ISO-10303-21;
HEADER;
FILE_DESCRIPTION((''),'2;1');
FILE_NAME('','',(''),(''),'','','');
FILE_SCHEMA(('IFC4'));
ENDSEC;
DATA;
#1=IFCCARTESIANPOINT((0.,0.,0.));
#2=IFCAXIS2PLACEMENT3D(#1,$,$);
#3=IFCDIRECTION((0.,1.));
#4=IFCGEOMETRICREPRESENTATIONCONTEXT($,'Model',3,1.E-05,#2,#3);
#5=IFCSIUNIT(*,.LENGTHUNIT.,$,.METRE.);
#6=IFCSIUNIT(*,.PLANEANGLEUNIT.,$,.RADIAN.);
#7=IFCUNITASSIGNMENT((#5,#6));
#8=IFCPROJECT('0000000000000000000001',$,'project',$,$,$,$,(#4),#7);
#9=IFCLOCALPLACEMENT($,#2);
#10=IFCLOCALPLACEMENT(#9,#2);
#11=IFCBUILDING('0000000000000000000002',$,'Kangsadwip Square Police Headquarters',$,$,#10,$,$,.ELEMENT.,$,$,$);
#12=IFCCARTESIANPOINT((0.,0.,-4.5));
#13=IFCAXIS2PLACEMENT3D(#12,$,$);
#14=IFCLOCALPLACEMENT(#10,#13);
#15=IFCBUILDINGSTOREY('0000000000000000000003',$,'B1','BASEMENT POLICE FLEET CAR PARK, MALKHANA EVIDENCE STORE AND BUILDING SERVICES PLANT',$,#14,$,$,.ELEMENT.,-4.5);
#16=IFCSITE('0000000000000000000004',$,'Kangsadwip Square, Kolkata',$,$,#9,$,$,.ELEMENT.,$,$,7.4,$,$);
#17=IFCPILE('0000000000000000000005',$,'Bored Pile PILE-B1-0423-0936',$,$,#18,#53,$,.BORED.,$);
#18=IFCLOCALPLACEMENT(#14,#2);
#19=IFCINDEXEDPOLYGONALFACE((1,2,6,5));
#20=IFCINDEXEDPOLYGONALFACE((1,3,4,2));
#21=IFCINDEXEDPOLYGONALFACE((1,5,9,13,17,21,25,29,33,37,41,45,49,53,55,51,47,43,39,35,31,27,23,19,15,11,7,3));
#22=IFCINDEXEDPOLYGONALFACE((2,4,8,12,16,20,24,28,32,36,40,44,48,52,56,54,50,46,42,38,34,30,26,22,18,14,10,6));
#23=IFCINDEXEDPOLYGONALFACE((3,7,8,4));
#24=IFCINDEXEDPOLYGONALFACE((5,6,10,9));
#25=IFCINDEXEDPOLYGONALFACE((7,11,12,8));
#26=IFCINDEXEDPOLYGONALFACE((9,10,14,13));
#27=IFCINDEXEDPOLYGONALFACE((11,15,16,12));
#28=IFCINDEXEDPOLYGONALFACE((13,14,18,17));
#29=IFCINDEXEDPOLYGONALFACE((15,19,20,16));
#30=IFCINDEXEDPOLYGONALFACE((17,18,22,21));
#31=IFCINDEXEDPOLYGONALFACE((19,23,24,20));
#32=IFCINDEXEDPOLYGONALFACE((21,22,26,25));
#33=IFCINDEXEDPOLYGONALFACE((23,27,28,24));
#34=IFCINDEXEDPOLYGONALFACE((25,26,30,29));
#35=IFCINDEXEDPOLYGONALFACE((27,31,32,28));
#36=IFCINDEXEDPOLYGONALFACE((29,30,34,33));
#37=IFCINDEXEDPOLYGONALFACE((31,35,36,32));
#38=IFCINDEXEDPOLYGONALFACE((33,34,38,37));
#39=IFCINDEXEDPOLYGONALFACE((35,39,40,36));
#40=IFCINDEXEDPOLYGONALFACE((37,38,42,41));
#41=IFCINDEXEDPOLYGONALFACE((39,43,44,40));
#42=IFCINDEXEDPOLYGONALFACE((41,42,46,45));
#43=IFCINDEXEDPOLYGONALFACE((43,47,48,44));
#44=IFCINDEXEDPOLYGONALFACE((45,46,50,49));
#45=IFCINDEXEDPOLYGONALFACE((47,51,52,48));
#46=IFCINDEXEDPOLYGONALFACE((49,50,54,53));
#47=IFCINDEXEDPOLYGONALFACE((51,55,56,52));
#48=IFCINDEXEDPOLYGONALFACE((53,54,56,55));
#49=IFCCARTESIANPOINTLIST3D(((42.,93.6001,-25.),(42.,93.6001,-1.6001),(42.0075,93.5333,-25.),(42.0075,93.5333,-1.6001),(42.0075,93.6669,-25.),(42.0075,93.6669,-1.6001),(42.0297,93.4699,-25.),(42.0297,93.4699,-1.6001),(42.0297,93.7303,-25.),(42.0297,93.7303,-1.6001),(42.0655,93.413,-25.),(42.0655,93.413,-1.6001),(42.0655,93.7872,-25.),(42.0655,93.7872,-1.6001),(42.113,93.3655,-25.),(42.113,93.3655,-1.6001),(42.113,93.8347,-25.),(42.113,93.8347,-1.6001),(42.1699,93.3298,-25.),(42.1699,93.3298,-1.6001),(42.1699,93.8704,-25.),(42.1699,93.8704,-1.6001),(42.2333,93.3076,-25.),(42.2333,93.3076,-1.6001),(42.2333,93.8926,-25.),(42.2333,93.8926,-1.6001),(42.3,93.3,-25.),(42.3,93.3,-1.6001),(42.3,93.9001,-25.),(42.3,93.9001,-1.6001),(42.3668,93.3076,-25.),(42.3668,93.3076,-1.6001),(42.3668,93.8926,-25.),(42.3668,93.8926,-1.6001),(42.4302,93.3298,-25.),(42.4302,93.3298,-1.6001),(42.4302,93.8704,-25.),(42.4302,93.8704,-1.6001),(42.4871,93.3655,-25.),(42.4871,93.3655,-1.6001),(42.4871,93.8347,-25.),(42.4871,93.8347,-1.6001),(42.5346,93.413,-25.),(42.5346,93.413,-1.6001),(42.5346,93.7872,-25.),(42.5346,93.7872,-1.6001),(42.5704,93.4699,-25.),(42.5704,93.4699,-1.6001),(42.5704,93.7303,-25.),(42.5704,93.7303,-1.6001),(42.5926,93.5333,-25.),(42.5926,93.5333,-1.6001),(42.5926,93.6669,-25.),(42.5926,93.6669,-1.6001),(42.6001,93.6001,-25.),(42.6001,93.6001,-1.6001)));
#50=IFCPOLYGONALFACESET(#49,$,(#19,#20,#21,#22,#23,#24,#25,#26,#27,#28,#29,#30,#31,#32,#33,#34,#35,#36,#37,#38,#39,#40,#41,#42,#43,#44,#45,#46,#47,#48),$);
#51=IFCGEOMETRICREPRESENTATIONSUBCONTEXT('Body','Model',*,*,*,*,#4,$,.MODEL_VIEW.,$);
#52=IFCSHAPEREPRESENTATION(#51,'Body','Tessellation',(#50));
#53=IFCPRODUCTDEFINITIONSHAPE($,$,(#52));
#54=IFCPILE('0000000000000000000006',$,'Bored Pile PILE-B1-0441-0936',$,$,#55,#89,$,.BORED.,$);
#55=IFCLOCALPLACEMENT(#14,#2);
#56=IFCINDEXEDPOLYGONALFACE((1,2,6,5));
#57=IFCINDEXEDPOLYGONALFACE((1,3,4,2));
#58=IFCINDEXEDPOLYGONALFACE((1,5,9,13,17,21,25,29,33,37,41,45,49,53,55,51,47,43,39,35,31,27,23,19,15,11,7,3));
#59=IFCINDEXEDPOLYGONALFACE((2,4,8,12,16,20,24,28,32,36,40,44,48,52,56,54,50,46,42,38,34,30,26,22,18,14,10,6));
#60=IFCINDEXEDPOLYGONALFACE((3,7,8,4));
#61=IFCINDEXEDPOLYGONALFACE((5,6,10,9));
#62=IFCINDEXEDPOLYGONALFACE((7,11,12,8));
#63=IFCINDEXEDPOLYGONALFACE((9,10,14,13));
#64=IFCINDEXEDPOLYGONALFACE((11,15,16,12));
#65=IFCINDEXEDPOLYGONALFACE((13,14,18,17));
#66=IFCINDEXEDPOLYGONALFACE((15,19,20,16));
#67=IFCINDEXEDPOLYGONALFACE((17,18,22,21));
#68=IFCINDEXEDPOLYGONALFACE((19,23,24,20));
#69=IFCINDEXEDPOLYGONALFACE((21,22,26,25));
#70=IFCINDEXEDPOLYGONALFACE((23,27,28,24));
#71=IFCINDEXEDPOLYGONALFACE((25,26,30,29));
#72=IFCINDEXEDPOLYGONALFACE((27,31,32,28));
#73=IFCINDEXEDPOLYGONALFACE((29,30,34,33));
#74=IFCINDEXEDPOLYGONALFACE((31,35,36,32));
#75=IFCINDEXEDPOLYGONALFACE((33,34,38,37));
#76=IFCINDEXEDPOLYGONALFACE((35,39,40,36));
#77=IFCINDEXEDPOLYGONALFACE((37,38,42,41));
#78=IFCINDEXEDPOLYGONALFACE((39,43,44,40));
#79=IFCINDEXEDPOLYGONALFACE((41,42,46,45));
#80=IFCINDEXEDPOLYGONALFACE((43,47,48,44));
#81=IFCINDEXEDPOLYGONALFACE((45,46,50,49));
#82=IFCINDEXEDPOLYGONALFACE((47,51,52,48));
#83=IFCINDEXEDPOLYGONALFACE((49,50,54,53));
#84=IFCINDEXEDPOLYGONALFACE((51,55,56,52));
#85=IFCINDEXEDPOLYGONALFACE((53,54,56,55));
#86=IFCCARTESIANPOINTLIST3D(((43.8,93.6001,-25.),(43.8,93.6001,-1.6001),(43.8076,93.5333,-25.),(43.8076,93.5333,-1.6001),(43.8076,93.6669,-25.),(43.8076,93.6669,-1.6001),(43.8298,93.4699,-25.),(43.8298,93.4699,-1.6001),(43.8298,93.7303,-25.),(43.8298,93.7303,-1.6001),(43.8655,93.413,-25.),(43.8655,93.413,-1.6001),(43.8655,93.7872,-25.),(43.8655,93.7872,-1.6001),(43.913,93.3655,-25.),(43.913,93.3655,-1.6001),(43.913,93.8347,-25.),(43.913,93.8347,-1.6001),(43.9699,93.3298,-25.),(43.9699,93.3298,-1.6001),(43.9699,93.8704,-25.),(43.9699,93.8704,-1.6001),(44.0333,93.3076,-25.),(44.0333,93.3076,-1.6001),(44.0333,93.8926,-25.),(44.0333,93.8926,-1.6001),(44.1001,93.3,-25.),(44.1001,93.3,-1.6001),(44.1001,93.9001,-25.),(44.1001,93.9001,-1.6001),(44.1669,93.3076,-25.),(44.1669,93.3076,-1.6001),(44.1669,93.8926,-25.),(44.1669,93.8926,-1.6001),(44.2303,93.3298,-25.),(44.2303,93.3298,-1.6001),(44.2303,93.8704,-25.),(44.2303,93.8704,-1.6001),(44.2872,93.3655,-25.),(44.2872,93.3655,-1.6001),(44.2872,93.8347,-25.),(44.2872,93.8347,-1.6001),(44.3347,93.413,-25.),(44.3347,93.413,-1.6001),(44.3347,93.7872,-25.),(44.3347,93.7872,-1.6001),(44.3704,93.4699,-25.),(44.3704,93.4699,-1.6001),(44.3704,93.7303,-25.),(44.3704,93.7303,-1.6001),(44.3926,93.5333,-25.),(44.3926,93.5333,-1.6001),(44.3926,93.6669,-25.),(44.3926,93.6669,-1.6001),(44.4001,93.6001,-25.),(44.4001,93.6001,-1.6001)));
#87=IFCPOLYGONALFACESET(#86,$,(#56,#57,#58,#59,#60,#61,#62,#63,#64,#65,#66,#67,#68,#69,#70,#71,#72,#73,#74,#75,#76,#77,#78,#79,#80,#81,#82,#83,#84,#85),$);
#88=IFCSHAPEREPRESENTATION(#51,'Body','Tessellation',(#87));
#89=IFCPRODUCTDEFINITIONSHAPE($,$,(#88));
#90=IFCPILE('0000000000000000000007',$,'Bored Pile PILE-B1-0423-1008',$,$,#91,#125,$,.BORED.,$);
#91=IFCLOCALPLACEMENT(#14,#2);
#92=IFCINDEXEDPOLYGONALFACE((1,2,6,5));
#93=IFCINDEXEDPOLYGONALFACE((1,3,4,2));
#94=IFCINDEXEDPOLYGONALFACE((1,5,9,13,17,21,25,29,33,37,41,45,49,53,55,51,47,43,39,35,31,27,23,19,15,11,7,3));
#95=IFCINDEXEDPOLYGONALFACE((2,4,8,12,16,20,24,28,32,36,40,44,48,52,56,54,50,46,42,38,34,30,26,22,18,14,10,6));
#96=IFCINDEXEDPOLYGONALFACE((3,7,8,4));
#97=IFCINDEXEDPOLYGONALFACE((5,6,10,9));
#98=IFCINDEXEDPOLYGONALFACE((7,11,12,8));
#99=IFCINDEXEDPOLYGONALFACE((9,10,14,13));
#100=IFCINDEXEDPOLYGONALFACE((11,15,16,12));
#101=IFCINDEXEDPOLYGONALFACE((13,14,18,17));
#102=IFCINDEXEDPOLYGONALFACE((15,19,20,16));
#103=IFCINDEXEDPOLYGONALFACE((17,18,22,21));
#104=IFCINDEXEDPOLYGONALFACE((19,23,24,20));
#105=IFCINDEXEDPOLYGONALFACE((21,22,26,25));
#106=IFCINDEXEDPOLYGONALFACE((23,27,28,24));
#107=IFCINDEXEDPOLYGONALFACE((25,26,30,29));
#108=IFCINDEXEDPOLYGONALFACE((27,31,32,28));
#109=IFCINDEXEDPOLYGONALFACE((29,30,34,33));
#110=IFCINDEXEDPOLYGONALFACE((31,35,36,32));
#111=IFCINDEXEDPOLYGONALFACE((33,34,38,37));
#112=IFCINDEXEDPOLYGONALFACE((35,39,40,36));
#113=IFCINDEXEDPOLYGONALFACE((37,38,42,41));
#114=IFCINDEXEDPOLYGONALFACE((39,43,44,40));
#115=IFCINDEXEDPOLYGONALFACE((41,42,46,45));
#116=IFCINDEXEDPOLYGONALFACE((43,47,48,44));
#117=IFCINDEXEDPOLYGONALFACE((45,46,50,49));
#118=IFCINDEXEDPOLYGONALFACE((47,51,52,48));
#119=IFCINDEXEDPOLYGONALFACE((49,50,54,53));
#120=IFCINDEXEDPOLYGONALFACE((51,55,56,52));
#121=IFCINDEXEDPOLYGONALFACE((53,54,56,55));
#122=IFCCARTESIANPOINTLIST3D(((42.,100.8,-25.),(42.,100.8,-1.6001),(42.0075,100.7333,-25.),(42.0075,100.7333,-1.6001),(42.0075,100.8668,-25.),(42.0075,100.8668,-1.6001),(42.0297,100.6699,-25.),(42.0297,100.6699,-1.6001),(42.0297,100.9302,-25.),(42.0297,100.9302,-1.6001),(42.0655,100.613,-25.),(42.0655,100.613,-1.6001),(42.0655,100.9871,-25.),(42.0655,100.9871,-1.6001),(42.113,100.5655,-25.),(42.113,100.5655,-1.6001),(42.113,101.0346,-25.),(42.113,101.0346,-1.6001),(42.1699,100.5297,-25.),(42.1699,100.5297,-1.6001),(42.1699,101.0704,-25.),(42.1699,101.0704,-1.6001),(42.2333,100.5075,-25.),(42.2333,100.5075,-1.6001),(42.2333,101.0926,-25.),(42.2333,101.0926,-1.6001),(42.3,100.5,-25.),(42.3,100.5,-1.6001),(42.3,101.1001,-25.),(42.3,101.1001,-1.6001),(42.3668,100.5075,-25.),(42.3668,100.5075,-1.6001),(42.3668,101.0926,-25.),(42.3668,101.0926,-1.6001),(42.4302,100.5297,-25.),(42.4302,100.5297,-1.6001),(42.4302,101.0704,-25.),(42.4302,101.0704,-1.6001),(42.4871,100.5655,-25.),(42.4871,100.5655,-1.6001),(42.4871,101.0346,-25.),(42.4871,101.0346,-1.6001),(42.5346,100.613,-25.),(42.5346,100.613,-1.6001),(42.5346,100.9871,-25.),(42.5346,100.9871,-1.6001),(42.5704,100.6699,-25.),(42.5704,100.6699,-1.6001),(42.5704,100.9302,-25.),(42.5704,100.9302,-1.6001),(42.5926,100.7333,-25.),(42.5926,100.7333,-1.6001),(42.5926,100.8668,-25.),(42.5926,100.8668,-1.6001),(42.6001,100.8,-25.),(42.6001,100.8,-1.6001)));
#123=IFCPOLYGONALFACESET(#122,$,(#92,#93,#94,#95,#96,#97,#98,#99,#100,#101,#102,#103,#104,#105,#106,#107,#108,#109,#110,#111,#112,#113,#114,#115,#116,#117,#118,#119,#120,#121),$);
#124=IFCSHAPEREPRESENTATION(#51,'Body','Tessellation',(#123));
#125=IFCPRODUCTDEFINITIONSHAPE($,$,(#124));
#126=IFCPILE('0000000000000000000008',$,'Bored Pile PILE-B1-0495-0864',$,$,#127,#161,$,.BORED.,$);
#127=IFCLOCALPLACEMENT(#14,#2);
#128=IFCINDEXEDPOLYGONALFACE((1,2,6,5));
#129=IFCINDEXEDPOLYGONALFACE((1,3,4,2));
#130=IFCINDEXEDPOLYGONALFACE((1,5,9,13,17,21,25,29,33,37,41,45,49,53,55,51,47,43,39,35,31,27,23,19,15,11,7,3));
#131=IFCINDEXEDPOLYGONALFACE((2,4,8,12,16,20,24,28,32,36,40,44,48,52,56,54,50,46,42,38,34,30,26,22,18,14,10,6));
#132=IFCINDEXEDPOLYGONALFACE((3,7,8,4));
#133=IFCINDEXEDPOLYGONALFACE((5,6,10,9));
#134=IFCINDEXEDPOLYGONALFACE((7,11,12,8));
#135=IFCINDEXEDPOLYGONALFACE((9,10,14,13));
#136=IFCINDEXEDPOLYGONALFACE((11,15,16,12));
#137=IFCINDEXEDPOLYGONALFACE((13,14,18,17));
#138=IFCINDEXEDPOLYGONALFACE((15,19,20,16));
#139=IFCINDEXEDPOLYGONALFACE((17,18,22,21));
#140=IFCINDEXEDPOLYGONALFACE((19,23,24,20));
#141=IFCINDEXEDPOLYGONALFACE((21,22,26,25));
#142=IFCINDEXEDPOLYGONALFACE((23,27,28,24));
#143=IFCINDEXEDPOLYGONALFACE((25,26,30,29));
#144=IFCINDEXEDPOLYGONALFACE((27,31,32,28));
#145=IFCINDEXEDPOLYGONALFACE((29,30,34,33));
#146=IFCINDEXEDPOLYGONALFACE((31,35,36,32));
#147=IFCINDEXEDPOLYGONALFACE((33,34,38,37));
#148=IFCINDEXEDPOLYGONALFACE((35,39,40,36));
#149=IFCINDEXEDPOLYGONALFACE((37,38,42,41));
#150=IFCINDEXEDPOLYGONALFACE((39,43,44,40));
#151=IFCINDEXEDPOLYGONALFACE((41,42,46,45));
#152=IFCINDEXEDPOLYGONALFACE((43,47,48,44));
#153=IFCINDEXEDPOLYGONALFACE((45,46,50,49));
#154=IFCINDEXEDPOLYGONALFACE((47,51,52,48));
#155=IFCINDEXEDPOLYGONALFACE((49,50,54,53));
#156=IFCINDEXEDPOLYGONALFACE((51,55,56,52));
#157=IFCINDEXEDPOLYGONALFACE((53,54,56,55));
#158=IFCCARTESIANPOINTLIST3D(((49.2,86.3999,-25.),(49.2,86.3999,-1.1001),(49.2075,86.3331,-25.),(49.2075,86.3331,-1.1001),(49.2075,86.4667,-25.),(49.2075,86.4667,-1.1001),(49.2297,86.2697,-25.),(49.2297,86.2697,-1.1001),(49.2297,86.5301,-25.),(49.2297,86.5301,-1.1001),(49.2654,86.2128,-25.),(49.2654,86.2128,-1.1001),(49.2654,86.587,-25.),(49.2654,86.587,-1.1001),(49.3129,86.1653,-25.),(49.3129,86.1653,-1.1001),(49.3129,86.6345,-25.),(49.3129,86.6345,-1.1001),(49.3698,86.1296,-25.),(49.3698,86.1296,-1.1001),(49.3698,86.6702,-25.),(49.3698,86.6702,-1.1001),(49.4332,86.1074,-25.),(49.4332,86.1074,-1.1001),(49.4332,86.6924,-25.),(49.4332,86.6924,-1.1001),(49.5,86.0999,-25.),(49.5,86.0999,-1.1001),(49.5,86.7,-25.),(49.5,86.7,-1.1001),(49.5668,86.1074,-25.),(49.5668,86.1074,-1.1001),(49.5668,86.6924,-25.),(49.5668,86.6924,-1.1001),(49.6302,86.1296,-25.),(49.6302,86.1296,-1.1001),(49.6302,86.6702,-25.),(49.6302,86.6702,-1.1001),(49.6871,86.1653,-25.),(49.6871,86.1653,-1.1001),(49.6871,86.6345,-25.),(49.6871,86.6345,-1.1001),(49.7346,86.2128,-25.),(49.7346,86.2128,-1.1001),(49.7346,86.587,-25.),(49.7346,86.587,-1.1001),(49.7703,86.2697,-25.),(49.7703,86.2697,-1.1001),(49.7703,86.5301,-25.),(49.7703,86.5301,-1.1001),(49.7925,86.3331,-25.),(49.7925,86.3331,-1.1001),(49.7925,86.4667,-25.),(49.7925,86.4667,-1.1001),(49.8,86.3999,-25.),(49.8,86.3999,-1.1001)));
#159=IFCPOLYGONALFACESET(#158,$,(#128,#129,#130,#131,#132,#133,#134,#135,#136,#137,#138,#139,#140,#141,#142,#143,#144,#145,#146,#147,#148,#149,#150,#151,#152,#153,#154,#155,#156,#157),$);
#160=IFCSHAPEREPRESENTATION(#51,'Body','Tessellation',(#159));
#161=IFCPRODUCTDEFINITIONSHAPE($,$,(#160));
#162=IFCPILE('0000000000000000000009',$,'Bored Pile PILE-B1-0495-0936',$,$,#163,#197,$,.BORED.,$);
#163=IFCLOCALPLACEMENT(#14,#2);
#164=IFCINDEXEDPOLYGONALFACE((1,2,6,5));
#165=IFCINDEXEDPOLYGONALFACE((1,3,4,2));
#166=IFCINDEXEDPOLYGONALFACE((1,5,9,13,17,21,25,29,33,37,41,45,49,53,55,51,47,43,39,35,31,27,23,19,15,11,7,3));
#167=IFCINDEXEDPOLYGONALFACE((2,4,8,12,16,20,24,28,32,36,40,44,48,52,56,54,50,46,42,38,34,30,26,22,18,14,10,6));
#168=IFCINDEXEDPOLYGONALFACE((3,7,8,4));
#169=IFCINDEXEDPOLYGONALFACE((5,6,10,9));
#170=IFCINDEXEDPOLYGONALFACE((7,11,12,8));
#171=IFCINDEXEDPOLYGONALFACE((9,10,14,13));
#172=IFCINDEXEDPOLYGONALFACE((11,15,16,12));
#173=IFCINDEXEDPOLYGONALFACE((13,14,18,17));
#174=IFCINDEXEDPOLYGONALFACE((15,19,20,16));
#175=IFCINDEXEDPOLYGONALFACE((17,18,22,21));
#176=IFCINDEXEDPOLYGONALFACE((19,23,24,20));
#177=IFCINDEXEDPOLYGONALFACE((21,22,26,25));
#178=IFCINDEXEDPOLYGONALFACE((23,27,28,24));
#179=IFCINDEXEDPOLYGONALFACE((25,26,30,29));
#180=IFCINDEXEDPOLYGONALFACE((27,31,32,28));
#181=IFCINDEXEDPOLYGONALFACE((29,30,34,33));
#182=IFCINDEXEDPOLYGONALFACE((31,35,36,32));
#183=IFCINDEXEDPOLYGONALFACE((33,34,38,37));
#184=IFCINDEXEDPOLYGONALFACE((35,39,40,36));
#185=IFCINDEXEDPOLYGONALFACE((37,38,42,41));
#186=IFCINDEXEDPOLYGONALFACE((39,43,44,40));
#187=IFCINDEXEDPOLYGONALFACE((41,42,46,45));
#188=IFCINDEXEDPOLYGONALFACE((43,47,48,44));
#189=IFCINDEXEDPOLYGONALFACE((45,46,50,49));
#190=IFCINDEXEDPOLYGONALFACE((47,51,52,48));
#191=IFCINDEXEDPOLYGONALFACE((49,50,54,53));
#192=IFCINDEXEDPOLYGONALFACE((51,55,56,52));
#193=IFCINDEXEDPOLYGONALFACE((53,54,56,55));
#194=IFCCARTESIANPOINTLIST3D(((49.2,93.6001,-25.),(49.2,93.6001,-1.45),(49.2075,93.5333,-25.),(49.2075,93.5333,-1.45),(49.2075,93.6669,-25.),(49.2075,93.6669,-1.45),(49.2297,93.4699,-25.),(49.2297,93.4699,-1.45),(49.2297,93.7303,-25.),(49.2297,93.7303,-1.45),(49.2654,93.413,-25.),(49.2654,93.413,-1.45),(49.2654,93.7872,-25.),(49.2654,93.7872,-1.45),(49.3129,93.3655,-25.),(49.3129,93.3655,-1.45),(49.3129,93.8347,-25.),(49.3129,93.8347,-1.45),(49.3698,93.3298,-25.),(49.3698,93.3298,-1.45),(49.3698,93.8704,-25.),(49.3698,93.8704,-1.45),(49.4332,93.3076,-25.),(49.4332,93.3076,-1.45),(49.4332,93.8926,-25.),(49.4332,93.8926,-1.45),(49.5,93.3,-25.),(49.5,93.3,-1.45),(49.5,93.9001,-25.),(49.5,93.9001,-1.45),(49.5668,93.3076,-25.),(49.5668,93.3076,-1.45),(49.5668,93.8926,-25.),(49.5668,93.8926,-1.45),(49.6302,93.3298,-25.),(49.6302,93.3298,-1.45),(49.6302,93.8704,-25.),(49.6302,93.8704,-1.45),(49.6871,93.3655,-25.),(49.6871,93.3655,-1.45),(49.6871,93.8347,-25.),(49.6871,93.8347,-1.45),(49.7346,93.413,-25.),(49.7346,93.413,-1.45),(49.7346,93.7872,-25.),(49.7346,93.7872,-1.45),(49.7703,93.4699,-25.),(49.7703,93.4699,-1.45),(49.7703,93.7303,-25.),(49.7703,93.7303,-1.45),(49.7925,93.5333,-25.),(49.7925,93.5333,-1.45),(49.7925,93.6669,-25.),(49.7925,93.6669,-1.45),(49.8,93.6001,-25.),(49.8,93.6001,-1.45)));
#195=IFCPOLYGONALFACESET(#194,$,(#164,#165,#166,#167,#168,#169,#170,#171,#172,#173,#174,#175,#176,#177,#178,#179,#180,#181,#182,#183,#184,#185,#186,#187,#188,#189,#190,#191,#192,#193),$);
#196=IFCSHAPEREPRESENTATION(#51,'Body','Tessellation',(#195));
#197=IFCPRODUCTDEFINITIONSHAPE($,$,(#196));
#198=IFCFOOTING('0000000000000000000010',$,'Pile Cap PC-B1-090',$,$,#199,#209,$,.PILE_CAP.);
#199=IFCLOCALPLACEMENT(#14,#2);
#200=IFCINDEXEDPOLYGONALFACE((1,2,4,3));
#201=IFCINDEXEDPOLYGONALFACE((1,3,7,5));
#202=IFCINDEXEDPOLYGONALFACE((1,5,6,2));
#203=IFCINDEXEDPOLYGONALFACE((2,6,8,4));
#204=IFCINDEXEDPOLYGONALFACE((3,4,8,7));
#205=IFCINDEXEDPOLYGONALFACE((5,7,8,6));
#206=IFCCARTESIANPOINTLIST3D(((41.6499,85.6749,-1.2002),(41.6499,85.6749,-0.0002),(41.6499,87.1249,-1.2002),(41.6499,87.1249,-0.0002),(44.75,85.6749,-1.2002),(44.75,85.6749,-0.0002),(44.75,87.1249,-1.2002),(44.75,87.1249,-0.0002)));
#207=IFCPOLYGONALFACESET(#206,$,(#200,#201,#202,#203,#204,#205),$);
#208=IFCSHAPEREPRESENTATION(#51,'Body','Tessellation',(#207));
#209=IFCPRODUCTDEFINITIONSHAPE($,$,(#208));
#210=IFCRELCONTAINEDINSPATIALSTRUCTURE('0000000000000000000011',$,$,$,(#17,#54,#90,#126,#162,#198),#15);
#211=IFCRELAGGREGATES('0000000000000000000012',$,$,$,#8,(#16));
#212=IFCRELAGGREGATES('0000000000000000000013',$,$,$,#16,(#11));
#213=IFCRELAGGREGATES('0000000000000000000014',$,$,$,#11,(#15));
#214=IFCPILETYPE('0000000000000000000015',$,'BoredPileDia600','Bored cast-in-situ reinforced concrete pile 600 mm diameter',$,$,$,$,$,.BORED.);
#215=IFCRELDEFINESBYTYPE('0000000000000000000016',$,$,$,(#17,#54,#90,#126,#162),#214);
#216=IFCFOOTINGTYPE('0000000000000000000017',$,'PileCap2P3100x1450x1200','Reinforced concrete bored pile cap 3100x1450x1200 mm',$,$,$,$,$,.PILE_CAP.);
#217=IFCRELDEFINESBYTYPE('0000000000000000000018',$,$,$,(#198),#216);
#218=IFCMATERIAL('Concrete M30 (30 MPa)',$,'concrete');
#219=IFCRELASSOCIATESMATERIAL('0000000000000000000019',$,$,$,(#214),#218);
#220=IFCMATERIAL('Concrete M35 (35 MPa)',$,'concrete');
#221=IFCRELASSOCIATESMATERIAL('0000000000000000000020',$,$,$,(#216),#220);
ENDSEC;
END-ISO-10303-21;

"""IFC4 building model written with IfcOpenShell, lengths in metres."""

from ifc_helpers import new_model, si_unit, direction, frame, origin, origin_2d, place, context, subcontext, project, spatial, rectangle, circle, extrude, material, material_profile, profile_set, type_object, element, save


model = new_model("IFC4")

# Units and contexts
model_context = context("Model", 3, precision=1e-05, world=origin(), true_north=direction((0.0, 1.0)))
body_context = subcontext(model_context, "Body", "Model", "MODEL_VIEW")
ifc_project = project(units=[si_unit("LENGTHUNIT", "METRE"), si_unit("PLANEANGLEUNIT", "RADIAN")], contexts=[model_context])

# Site, building, storey
site_placement = place(None, origin())
site = spatial("IfcSite", under=ifc_project, at=site_placement, Name="Kangsadwip Square, Kolkata", CompositionType="ELEMENT", RefElevation=7.4)
building_placement = place(site_placement, origin())
building = spatial("IfcBuilding", under=site, at=building_placement, Name="Kangsadwip Square Police Headquarters", CompositionType="ELEMENT")
storey_placement = place(building_placement, frame((0.0, 0.0, -4.5)))
storey = spatial("IfcBuildingStorey", under=building, at=storey_placement, Name="B1", Description="BASEMENT POLICE FLEET CAR PARK, MALKHANA EVIDENCE STORE AND BUILDING SERVICES PLANT", CompositionType="ELEMENT", Elevation=-4.5)

# Piles
ifc_material_1 = material(Name="Concrete M30 (30 MPa)", Category="concrete")
ifc_material_profile_1 = material_profile(ifc_material_1, circle(Radius=0.3, at=origin_2d()), Name="PILE DIA 600")
ifc_profile_set_1 = profile_set([ifc_material_profile_1], Name="Concrete M30 (30 MPa)")
pile_type = type_object("IfcPileType", Name="BoredPileDia600", Description="Bored cast-in-situ reinforced concrete pile 600 mm diameter", PredefinedType="BORED", material=ifc_profile_set_1)
for number, where, z_axis, x_axis, name in (
    (1, (42.3, 93.6001, -1.6001), (0.0, 0.0, -1.0), (1.0, 0.0, 0.0), "Bored Pile PILE-B1-0423-0936"),
    (2, (44.1001, 93.6001, -1.6001), (0.0, 0.0, -1.0), (1.0, 0.0, 0.0), "Bored Pile PILE-B1-0441-0936"),
    (3, (42.3, 100.8, -1.6001), (0.0, 0.0, -1.0), (1.0, 0.0, 0.0), "Bored Pile PILE-B1-0423-1008"),
):
    element("IfcPile", number, at=place(storey_placement, frame(where, z_axis=z_axis, x_axis=x_axis)), inside=storey, type_object=pile_type, Name=name, PredefinedType="BORED", context=body_context, shape_type="SweptSolid", body=[
        extrude(circle(Radius=0.3, at=origin_2d()), origin(), (0.0, 0.0, 1.0), 23.3999),
    ])
pile_1_placement = place(storey_placement, frame((49.5, 86.3999, -1.1001), z_axis=(0.0, 0.0, -1.0), x_axis=(1.0, 0.0, 0.0)))
element("IfcPile", 4, at=pile_1_placement, inside=storey, type_object=pile_type, Name="Bored Pile PILE-B1-0495-0864", PredefinedType="BORED", context=body_context, shape_type="SweptSolid", body=[
    extrude(circle(Radius=0.3, at=origin_2d()), origin(), (0.0, 0.0, 1.0), 23.8999),
])
pile_2_placement = place(storey_placement, frame((49.5, 93.6001, -1.45), z_axis=(0.0, 0.0, -1.0), x_axis=(1.0, 0.0, 0.0)))
element("IfcPile", 5, at=pile_2_placement, inside=storey, type_object=pile_type, Name="Bored Pile PILE-B1-0495-0936", PredefinedType="BORED", context=body_context, shape_type="SweptSolid", body=[
    extrude(circle(Radius=0.3, at=origin_2d()), origin(), (0.0, 0.0, 1.0), 23.55),
])

# Footing
ifc_material_2 = material(Name="Concrete M35 (35 MPa)", Category="concrete")
footing_type_1 = type_object("IfcFootingType", Name="PileCap2P3100x1450x1200", Description="Reinforced concrete bored pile cap 3100x1450x1200 mm", PredefinedType="PILE_CAP", material=ifc_material_2)
for number, where, z_axis, x_axis, name in (
    (6, (43.2, 86.3999, -1.2002), (0.0, 0.0, 1.0), (1.0, 0.0, 0.0), "Pile Cap PC-B1-090"),
):
    element("IfcFooting", number, at=place(storey_placement, frame(where, z_axis=z_axis, x_axis=x_axis)), inside=storey, type_object=footing_type_1, Name=name, PredefinedType="PILE_CAP", context=body_context, shape_type="SweptSolid", body=[
        extrude(rectangle(XDim=3.1001, YDim=1.45, at=origin_2d()), origin(), (0.0, 0.0, 1.0), 1.2),
    ])

save(model, "model.ifc")
